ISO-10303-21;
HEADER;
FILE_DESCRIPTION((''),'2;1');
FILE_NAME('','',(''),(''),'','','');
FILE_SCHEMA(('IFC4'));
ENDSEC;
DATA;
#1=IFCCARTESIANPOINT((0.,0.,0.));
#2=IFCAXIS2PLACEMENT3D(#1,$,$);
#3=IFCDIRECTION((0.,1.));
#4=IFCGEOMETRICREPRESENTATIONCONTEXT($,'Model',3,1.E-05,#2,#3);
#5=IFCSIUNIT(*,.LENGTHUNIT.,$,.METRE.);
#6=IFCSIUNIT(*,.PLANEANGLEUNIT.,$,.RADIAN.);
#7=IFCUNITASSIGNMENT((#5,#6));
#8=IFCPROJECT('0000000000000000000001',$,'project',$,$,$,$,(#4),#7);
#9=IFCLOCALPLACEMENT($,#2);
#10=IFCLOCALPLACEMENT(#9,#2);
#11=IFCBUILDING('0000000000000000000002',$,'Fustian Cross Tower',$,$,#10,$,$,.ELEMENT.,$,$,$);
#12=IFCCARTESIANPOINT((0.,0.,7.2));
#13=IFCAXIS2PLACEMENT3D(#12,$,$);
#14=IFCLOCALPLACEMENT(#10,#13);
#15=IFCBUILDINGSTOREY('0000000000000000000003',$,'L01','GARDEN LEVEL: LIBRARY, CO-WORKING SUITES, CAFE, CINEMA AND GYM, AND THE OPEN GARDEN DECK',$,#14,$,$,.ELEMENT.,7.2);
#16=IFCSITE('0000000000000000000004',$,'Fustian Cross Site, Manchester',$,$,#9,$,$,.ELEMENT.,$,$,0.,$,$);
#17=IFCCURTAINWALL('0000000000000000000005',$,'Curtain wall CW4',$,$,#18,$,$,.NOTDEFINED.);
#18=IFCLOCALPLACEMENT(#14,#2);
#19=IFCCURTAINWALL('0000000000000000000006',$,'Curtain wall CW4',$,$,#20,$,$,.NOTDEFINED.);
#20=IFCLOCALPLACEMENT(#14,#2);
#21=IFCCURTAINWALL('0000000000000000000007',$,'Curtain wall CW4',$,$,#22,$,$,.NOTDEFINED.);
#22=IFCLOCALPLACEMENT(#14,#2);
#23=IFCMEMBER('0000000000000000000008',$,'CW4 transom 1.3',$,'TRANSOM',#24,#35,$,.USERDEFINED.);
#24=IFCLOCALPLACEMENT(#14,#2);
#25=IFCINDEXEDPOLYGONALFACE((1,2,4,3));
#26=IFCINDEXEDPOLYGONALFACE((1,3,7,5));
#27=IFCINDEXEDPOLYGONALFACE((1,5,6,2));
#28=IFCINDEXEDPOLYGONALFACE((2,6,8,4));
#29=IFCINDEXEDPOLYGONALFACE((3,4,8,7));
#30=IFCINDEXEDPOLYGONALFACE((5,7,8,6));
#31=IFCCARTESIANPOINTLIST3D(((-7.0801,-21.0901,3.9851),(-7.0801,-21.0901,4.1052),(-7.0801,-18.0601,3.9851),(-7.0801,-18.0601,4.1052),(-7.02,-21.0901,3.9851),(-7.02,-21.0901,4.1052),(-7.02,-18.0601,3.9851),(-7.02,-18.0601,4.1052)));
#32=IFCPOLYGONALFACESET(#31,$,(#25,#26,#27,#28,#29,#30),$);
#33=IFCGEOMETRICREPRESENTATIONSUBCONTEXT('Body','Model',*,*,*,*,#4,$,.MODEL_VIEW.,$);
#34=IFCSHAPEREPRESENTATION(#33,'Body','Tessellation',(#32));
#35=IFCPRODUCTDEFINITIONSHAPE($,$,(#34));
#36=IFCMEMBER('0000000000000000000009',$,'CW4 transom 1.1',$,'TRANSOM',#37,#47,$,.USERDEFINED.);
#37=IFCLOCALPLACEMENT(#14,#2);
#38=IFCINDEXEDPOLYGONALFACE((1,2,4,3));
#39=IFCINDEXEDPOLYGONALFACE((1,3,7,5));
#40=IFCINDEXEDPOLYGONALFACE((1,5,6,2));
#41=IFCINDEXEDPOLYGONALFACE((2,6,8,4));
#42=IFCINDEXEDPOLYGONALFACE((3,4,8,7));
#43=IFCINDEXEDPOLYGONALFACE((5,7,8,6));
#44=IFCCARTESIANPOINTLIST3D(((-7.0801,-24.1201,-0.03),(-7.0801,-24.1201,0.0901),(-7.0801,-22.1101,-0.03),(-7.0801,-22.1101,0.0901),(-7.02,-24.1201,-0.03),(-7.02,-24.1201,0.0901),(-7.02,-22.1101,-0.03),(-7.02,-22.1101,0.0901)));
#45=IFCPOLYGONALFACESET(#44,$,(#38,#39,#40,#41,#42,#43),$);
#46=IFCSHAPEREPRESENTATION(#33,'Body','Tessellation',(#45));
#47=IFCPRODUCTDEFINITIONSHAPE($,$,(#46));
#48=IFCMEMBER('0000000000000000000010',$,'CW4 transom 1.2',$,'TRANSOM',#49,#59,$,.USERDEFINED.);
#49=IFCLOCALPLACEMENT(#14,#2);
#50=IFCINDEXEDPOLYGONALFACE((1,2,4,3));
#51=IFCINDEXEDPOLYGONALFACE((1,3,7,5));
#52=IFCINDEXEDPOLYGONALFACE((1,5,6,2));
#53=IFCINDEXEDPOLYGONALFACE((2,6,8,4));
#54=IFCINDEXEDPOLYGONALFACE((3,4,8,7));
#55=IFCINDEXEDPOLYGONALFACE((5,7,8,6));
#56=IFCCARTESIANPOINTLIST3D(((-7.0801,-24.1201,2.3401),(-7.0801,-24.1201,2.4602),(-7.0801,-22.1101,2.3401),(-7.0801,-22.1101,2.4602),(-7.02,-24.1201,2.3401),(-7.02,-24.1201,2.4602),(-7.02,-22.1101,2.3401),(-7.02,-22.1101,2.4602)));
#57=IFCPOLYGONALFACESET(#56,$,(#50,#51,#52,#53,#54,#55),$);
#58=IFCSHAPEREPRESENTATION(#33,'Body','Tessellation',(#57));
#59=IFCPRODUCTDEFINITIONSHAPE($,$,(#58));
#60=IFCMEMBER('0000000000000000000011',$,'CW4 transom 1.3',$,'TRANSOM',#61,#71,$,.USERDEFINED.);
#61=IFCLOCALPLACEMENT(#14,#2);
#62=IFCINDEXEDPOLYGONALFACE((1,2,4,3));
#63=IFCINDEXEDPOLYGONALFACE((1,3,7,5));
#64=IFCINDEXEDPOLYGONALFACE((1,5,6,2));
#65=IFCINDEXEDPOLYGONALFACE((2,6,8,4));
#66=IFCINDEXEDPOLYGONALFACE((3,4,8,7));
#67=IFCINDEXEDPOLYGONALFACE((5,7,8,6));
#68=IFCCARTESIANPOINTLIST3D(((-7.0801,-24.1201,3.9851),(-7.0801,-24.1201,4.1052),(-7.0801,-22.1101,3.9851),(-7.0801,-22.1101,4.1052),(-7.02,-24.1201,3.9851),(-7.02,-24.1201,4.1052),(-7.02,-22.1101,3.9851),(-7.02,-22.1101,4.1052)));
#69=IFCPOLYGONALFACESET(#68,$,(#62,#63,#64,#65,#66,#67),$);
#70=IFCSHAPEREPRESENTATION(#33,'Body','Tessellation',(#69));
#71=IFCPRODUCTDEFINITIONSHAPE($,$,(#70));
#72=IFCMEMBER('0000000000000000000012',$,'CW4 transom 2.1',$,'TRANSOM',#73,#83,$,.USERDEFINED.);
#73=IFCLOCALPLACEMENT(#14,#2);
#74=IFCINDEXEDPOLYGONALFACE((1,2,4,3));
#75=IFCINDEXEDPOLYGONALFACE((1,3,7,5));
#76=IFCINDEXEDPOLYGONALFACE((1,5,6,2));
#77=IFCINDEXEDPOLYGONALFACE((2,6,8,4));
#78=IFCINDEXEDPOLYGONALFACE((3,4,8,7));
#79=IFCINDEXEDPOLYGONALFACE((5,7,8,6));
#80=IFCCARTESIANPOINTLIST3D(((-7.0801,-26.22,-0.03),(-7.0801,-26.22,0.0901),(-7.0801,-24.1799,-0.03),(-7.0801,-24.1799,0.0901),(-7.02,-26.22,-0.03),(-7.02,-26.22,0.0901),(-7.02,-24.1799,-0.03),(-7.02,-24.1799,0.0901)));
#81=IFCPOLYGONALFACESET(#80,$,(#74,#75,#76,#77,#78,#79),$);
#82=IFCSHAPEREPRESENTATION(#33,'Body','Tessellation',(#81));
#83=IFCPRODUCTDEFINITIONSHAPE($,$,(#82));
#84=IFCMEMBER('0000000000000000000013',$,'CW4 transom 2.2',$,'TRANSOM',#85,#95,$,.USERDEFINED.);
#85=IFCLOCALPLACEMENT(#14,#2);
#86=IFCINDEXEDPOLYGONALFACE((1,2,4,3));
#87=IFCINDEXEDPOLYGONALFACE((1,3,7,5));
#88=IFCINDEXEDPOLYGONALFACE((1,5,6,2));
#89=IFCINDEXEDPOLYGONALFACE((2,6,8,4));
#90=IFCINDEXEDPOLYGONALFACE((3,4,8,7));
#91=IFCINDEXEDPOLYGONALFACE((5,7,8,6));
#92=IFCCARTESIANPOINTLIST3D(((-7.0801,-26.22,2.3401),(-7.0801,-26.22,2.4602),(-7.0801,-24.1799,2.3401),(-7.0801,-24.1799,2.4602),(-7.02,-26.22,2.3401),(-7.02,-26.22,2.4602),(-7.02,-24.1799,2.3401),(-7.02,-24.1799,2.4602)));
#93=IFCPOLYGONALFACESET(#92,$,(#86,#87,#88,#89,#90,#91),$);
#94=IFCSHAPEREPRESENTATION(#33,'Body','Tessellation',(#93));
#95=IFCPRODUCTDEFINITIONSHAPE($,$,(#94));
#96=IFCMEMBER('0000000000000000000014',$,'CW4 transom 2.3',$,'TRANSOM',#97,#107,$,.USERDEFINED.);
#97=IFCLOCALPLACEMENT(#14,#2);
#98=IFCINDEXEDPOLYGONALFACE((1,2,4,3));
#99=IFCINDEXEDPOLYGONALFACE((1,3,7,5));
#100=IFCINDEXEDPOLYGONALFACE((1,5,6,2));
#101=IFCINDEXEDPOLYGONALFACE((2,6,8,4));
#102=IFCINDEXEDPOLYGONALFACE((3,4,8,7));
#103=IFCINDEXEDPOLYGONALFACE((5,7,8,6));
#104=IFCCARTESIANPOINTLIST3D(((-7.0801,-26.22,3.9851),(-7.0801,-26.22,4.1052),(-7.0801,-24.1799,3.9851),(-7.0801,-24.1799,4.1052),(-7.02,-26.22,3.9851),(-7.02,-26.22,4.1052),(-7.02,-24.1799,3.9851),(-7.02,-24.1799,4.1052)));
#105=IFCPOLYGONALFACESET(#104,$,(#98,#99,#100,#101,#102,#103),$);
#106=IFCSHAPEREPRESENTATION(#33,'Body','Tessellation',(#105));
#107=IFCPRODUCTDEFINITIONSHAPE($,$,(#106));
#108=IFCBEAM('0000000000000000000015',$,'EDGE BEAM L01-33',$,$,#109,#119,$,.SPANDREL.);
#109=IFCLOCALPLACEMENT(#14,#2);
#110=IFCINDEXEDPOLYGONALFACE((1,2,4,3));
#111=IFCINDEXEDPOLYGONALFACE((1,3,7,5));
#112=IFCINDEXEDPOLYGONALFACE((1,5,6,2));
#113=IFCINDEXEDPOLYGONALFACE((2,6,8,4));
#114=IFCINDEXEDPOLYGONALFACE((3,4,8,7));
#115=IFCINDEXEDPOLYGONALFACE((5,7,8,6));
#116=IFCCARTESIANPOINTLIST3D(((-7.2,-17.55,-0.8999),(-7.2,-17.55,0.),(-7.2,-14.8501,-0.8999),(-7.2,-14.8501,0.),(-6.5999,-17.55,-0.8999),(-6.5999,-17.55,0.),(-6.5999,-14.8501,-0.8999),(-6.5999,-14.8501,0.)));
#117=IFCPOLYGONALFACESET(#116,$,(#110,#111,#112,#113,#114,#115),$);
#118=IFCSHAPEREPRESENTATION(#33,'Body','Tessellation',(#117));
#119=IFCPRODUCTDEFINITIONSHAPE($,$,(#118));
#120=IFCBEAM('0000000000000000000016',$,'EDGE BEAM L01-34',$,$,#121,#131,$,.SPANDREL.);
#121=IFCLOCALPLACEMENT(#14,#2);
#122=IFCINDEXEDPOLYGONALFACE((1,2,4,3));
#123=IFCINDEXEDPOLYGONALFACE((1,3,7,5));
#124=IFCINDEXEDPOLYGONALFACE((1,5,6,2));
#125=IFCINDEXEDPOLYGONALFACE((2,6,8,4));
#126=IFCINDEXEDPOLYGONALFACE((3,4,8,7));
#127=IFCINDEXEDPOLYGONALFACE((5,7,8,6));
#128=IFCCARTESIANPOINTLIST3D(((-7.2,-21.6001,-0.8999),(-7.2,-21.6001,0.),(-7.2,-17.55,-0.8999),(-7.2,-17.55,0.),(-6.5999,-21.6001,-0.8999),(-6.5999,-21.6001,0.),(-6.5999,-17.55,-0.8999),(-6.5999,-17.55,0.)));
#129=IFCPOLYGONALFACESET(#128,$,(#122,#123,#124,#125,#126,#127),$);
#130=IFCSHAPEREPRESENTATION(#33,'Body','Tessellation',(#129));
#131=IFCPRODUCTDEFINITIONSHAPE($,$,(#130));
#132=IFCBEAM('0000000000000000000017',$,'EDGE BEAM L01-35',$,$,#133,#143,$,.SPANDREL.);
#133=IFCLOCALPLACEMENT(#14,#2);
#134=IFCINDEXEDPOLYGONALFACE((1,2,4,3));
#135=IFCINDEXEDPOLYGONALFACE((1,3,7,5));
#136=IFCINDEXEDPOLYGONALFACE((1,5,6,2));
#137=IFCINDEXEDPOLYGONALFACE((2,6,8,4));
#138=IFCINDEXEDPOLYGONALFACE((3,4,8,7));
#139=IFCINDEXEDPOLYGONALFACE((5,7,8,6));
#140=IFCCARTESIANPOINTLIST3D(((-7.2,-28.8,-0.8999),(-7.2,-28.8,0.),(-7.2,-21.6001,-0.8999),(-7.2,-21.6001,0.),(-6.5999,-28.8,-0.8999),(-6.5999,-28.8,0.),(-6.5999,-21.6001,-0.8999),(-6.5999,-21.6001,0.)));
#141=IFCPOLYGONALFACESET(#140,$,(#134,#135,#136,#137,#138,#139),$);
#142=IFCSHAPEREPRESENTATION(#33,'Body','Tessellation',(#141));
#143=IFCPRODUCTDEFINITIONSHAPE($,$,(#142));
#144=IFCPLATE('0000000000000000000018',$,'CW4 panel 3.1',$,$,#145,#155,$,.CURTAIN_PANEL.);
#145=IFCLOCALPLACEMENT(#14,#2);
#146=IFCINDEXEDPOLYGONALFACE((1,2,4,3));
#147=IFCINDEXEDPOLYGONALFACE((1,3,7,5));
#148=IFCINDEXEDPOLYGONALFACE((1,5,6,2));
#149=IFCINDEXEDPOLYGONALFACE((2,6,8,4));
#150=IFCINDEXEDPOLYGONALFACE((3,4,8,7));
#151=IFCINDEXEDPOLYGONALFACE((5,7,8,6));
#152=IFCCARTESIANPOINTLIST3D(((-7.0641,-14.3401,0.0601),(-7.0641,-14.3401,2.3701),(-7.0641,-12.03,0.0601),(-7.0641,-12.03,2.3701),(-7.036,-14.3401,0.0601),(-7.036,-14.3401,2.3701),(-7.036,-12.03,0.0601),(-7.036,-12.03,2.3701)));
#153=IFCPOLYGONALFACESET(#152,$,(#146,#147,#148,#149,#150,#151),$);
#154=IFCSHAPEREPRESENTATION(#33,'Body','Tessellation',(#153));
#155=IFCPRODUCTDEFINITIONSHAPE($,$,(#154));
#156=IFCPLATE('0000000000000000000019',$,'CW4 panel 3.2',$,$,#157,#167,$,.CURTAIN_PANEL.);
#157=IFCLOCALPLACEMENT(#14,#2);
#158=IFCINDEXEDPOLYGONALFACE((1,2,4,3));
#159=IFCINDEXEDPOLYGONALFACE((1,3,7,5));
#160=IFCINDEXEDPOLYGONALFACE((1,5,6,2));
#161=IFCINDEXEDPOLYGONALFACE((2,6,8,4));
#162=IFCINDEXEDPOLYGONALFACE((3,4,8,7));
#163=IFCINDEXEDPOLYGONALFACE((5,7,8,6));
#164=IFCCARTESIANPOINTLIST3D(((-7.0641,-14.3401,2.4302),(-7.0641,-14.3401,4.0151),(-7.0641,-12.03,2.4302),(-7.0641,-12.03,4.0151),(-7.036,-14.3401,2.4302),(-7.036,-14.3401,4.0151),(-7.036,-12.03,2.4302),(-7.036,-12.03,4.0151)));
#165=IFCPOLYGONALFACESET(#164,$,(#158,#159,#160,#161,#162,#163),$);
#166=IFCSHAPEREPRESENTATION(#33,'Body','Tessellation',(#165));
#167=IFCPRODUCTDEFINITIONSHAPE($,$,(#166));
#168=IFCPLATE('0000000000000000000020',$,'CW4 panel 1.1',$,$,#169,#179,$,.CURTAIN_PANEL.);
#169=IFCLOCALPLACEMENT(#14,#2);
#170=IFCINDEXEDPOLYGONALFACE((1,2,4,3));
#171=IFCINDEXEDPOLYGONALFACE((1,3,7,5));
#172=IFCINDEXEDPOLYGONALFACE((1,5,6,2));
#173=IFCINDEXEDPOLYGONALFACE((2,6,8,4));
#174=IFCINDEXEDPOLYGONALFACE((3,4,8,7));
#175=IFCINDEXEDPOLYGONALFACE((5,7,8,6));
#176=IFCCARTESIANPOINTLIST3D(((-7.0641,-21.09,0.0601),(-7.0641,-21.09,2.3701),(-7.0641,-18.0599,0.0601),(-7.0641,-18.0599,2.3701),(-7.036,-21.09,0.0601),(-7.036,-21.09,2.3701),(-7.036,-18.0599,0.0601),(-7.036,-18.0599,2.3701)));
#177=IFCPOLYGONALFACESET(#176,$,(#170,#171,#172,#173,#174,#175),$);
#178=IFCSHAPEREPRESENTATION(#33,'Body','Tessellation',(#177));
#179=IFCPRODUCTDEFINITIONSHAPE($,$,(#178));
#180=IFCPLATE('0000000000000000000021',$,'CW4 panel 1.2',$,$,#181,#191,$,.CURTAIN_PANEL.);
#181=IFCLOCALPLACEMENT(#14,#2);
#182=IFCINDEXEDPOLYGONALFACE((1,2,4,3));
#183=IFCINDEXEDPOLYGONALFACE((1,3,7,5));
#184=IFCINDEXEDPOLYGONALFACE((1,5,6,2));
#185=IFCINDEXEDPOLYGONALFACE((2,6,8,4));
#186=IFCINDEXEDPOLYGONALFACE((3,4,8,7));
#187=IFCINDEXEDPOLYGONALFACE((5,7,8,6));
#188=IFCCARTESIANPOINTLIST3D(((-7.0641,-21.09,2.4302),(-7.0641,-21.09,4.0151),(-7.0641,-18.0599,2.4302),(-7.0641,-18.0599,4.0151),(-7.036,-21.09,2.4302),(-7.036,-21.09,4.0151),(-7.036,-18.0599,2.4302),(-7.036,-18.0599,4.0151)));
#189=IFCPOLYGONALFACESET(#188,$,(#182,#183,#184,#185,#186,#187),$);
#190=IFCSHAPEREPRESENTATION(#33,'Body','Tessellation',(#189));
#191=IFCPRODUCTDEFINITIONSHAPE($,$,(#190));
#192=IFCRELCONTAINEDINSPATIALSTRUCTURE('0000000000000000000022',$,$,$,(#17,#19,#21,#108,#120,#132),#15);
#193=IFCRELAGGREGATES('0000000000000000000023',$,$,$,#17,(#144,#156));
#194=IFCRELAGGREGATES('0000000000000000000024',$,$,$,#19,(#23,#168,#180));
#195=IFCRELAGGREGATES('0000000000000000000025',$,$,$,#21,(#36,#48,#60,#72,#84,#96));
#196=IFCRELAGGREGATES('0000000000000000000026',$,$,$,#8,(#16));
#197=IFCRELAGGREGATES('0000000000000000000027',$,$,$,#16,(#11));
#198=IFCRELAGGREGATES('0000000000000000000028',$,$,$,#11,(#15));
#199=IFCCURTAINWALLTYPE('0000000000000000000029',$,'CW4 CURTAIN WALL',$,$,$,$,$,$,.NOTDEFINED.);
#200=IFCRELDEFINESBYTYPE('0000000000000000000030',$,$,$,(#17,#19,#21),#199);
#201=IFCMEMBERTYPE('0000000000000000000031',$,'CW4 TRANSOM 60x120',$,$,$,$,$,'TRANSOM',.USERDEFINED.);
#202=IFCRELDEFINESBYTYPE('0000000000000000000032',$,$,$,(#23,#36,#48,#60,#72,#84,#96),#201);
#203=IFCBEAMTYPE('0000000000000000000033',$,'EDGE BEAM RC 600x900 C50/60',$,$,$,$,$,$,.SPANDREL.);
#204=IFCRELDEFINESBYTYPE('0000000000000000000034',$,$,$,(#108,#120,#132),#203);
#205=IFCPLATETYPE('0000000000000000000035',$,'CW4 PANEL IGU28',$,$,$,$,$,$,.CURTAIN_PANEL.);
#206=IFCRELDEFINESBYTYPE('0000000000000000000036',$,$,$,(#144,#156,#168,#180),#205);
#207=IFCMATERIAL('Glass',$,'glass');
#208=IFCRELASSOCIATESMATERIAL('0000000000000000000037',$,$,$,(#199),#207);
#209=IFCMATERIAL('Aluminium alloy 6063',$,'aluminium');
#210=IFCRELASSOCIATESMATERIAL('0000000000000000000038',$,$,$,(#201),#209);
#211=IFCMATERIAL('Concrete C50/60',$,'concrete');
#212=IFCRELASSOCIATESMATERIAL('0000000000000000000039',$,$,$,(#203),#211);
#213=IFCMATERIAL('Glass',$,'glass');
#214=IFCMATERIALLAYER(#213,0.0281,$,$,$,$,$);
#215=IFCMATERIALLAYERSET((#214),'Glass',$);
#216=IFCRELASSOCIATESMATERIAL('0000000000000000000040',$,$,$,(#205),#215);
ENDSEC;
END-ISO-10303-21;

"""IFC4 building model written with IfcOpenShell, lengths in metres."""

from ifc_helpers import new_model, si_unit, direction, frame, origin, origin_2d, place, context, subcontext, project, spatial, rectangle, extrude, material, layer, layer_set, material_profile, profile_set, type_object, element, aggregate, save


model = new_model("IFC4")

# Units and contexts
model_context = context("Model", 3, precision=1e-05, world=origin(), true_north=direction((0.0, 1.0)))
body_context = subcontext(model_context, "Body", "Model", "MODEL_VIEW")
ifc_project = project(units=[si_unit("LENGTHUNIT", "METRE"), si_unit("PLANEANGLEUNIT", "RADIAN")], contexts=[model_context])

# Site, building, storey
site_placement = place(None, origin())
site = spatial("IfcSite", under=ifc_project, at=site_placement, Name="Fustian Cross Site, Manchester", CompositionType="ELEMENT", RefElevation=0.0)
building_placement = place(site_placement, origin())
building = spatial("IfcBuilding", under=site, at=building_placement, Name="Fustian Cross Tower", CompositionType="ELEMENT")
storey_placement = place(building_placement, frame((0.0, 0.0, 7.2)))
storey = spatial("IfcBuildingStorey", under=building, at=storey_placement, Name="L01", Description="GARDEN LEVEL: LIBRARY, CO-WORKING SUITES, CAFE, CINEMA AND GYM, AND THE OPEN GARDEN DECK", CompositionType="ELEMENT", Elevation=7.2)

# Curtain walls
ifc_material_1 = material(Name="Glass", Category="glass")
curtain_wall_type = type_object("IfcCurtainWallType", Name="CW4 CURTAIN WALL", PredefinedType="NOTDEFINED", material=ifc_material_1)
curtain_wall_1_placement = place(storey_placement, origin())
curtain_wall_1 = element("IfcCurtainWall", 1, at=curtain_wall_1_placement, inside=storey, type_object=curtain_wall_type, Name="Curtain wall CW4", PredefinedType="NOTDEFINED")
curtain_wall_2_placement = place(storey_placement, origin())
curtain_wall_2 = element("IfcCurtainWall", 2, at=curtain_wall_2_placement, inside=storey, type_object=curtain_wall_type, Name="Curtain wall CW4", PredefinedType="NOTDEFINED")
curtain_wall_3_placement = place(storey_placement, origin())
curtain_wall_3 = element("IfcCurtainWall", 3, at=curtain_wall_3_placement, inside=storey, type_object=curtain_wall_type, Name="Curtain wall CW4", PredefinedType="NOTDEFINED")

# Members
ifc_material_2 = material(Name="Aluminium alloy 6063", Category="aluminium")
ifc_material_profile_1 = material_profile(ifc_material_2, rectangle(XDim=0.0601, YDim=0.1201, at=origin_2d()), Name="CW4 TRANSOM 60x120")
ifc_profile_set_1 = profile_set([ifc_material_profile_1], Name="Aluminium alloy 6063")
member_type_1 = type_object("IfcMemberType", Name="CW4 TRANSOM 60x120", ElementType="TRANSOM", PredefinedType="USERDEFINED", material=ifc_profile_set_1)
member_1_placement = place(storey_placement, frame((-7.05, -18.0601, 4.0452), z_axis=(0.0, -1.0, 0.0), x_axis=(1.0, 0.0, 0.0)))
member_1 = element("IfcMember", 4, at=member_1_placement, type_object=member_type_1, Name="CW4 transom 1.3", ObjectType="TRANSOM", PredefinedType="USERDEFINED", context=body_context, shape_type="SweptSolid", body=[
    extrude(rectangle(XDim=0.0601, YDim=0.1201, at=origin_2d()), origin(), (0.0, 0.0, 1.0), 3.03),
])
member_2_placement = place(storey_placement, frame((-7.05, -22.1101, 0.03), z_axis=(0.0, -1.0, 0.0), x_axis=(1.0, 0.0, 0.0)))
member_2 = element("IfcMember", 5, at=member_2_placement, type_object=member_type_1, Name="CW4 transom 1.1", ObjectType="TRANSOM", PredefinedType="USERDEFINED", context=body_context, shape_type="SweptSolid", body=[
    extrude(rectangle(XDim=0.0601, YDim=0.1201, at=origin_2d()), origin(), (0.0, 0.0, 1.0), 2.01),
])
member_3_placement = place(storey_placement, frame((-7.05, -22.1101, 2.4001), z_axis=(0.0, -1.0, 0.0), x_axis=(1.0, 0.0, 0.0)))
member_3 = element("IfcMember", 6, at=member_3_placement, type_object=member_type_1, Name="CW4 transom 1.2", ObjectType="TRANSOM", PredefinedType="USERDEFINED", context=body_context, shape_type="SweptSolid", body=[
    extrude(rectangle(XDim=0.0601, YDim=0.1201, at=origin_2d()), origin(), (0.0, 0.0, 1.0), 2.01),
])
member_4_placement = place(storey_placement, frame((-7.05, -22.1101, 4.0452), z_axis=(0.0, -1.0, 0.0), x_axis=(1.0, 0.0, 0.0)))
member_4 = element("IfcMember", 7, at=member_4_placement, type_object=member_type_1, Name="CW4 transom 1.3", ObjectType="TRANSOM", PredefinedType="USERDEFINED", context=body_context, shape_type="SweptSolid", body=[
    extrude(rectangle(XDim=0.0601, YDim=0.1201, at=origin_2d()), origin(), (0.0, 0.0, 1.0), 2.01),
])
member_5_placement = place(storey_placement, frame((-7.05, -24.1799, 0.03), z_axis=(0.0, -1.0, 0.0), x_axis=(1.0, 0.0, 0.0)))
member_5 = element("IfcMember", 8, at=member_5_placement, type_object=member_type_1, Name="CW4 transom 2.1", ObjectType="TRANSOM", PredefinedType="USERDEFINED", context=body_context, shape_type="SweptSolid", body=[
    extrude(rectangle(XDim=0.0601, YDim=0.1201, at=origin_2d()), origin(), (0.0, 0.0, 1.0), 2.04),
])
member_6_placement = place(storey_placement, frame((-7.05, -24.1799, 2.4001), z_axis=(0.0, -1.0, 0.0), x_axis=(1.0, 0.0, 0.0)))
member_6 = element("IfcMember", 9, at=member_6_placement, type_object=member_type_1, Name="CW4 transom 2.2", ObjectType="TRANSOM", PredefinedType="USERDEFINED", context=body_context, shape_type="SweptSolid", body=[
    extrude(rectangle(XDim=0.0601, YDim=0.1201, at=origin_2d()), origin(), (0.0, 0.0, 1.0), 2.04),
])
member_7_placement = place(storey_placement, frame((-7.05, -24.1799, 4.0452), z_axis=(0.0, -1.0, 0.0), x_axis=(1.0, 0.0, 0.0)))
member_7 = element("IfcMember", 10, at=member_7_placement, type_object=member_type_1, Name="CW4 transom 2.3", ObjectType="TRANSOM", PredefinedType="USERDEFINED", context=body_context, shape_type="SweptSolid", body=[
    extrude(rectangle(XDim=0.0601, YDim=0.1201, at=origin_2d()), origin(), (0.0, 0.0, 1.0), 2.04),
])

# Beams
ifc_material_3 = material(Name="Concrete C50/60", Category="concrete")
ifc_material_profile_2 = material_profile(ifc_material_3, rectangle(XDim=0.6001, YDim=0.8999, at=origin_2d()), Name="RC 600x900")
ifc_profile_set_2 = profile_set([ifc_material_profile_2], Name="Concrete C50/60")
beam_type = type_object("IfcBeamType", Name="EDGE BEAM RC 600x900 C50/60", PredefinedType="SPANDREL", material=ifc_profile_set_2)
beam_1_placement = place(storey_placement, frame((-6.8999, -14.8501, -0.45), z_axis=(0.0, -1.0, 0.0), x_axis=(1.0, 0.0, 0.0)))
element("IfcBeam", 11, at=beam_1_placement, inside=storey, type_object=beam_type, Name="EDGE BEAM L01-33", PredefinedType="SPANDREL", context=body_context, shape_type="SweptSolid", body=[
    extrude(rectangle(XDim=0.6001, YDim=0.8999, at=origin_2d()), origin(), (0.0, 0.0, 1.0), 2.7),
])
beam_2_placement = place(storey_placement, frame((-6.8999, -17.55, -0.45), z_axis=(0.0, -1.0, 0.0), x_axis=(1.0, 0.0, 0.0)))
element("IfcBeam", 12, at=beam_2_placement, inside=storey, type_object=beam_type, Name="EDGE BEAM L01-34", PredefinedType="SPANDREL", context=body_context, shape_type="SweptSolid", body=[
    extrude(rectangle(XDim=0.6001, YDim=0.8999, at=origin_2d()), origin(), (0.0, 0.0, 1.0), 4.05),
])
beam_3_placement = place(storey_placement, frame((-6.8999, -21.6001, -0.45), z_axis=(0.0, -1.0, 0.0), x_axis=(1.0, 0.0, 0.0)))
element("IfcBeam", 13, at=beam_3_placement, inside=storey, type_object=beam_type, Name="EDGE BEAM L01-35", PredefinedType="SPANDREL", context=body_context, shape_type="SweptSolid", body=[
    extrude(rectangle(XDim=0.6001, YDim=0.8999, at=origin_2d()), origin(), (0.0, 0.0, 1.0), 7.2),
])

# Plates
ifc_material_4 = material(Name="Glass", Category="glass")
ifc_layer_1 = layer(ifc_material_4, 0.0281)
ifc_layer_set_1 = layer_set([ifc_layer_1], Name="Glass")
plate_type = type_object("IfcPlateType", Name="CW4 PANEL IGU28", PredefinedType="CURTAIN_PANEL", material=ifc_layer_set_1)
plate_1_placement = place(storey_placement, frame((-7.05, -13.1851, 0.0601), z_axis=(0.0, 0.0, 1.0), x_axis=(0.0, -1.0, 0.0)))
plate_1 = element("IfcPlate", 14, at=plate_1_placement, type_object=plate_type, Name="CW4 panel 3.1", PredefinedType="CURTAIN_PANEL", context=body_context, shape_type="SweptSolid", body=[
    extrude(rectangle(XDim=2.3101, YDim=0.0281, at=origin_2d()), origin(), (0.0, 0.0, 1.0), 2.3101),
])
plate_2_placement = place(storey_placement, frame((-7.05, -13.1851, 2.4302), z_axis=(0.0, 0.0, 1.0), x_axis=(0.0, -1.0, 0.0)))
plate_2 = element("IfcPlate", 15, at=plate_2_placement, type_object=plate_type, Name="CW4 panel 3.2", PredefinedType="CURTAIN_PANEL", context=body_context, shape_type="SweptSolid", body=[
    extrude(rectangle(XDim=2.3101, YDim=0.0281, at=origin_2d()), origin(), (0.0, 0.0, 1.0), 1.585),
])
aggregate(curtain_wall_1, [plate_1, plate_2])
plate_3_placement = place(storey_placement, frame((-7.05, -19.575, 0.0601), z_axis=(0.0, 0.0, 1.0), x_axis=(0.0, -1.0, 0.0)))
plate_3 = element("IfcPlate", 16, at=plate_3_placement, type_object=plate_type, Name="CW4 panel 1.1", PredefinedType="CURTAIN_PANEL", context=body_context, shape_type="SweptSolid", body=[
    extrude(rectangle(XDim=3.03, YDim=0.0281, at=origin_2d()), origin(), (0.0, 0.0, 1.0), 2.3101),
])
plate_4_placement = place(storey_placement, frame((-7.05, -19.575, 2.4302), z_axis=(0.0, 0.0, 1.0), x_axis=(0.0, -1.0, 0.0)))
plate_4 = element("IfcPlate", 17, at=plate_4_placement, type_object=plate_type, Name="CW4 panel 1.2", PredefinedType="CURTAIN_PANEL", context=body_context, shape_type="SweptSolid", body=[
    extrude(rectangle(XDim=3.03, YDim=0.0281, at=origin_2d()), origin(), (0.0, 0.0, 1.0), 1.585),
])
aggregate(curtain_wall_2, [member_1, plate_3, plate_4])
aggregate(curtain_wall_3, [member_2, member_3, member_4, member_5, member_6, member_7])

save(model, "model.ifc")
